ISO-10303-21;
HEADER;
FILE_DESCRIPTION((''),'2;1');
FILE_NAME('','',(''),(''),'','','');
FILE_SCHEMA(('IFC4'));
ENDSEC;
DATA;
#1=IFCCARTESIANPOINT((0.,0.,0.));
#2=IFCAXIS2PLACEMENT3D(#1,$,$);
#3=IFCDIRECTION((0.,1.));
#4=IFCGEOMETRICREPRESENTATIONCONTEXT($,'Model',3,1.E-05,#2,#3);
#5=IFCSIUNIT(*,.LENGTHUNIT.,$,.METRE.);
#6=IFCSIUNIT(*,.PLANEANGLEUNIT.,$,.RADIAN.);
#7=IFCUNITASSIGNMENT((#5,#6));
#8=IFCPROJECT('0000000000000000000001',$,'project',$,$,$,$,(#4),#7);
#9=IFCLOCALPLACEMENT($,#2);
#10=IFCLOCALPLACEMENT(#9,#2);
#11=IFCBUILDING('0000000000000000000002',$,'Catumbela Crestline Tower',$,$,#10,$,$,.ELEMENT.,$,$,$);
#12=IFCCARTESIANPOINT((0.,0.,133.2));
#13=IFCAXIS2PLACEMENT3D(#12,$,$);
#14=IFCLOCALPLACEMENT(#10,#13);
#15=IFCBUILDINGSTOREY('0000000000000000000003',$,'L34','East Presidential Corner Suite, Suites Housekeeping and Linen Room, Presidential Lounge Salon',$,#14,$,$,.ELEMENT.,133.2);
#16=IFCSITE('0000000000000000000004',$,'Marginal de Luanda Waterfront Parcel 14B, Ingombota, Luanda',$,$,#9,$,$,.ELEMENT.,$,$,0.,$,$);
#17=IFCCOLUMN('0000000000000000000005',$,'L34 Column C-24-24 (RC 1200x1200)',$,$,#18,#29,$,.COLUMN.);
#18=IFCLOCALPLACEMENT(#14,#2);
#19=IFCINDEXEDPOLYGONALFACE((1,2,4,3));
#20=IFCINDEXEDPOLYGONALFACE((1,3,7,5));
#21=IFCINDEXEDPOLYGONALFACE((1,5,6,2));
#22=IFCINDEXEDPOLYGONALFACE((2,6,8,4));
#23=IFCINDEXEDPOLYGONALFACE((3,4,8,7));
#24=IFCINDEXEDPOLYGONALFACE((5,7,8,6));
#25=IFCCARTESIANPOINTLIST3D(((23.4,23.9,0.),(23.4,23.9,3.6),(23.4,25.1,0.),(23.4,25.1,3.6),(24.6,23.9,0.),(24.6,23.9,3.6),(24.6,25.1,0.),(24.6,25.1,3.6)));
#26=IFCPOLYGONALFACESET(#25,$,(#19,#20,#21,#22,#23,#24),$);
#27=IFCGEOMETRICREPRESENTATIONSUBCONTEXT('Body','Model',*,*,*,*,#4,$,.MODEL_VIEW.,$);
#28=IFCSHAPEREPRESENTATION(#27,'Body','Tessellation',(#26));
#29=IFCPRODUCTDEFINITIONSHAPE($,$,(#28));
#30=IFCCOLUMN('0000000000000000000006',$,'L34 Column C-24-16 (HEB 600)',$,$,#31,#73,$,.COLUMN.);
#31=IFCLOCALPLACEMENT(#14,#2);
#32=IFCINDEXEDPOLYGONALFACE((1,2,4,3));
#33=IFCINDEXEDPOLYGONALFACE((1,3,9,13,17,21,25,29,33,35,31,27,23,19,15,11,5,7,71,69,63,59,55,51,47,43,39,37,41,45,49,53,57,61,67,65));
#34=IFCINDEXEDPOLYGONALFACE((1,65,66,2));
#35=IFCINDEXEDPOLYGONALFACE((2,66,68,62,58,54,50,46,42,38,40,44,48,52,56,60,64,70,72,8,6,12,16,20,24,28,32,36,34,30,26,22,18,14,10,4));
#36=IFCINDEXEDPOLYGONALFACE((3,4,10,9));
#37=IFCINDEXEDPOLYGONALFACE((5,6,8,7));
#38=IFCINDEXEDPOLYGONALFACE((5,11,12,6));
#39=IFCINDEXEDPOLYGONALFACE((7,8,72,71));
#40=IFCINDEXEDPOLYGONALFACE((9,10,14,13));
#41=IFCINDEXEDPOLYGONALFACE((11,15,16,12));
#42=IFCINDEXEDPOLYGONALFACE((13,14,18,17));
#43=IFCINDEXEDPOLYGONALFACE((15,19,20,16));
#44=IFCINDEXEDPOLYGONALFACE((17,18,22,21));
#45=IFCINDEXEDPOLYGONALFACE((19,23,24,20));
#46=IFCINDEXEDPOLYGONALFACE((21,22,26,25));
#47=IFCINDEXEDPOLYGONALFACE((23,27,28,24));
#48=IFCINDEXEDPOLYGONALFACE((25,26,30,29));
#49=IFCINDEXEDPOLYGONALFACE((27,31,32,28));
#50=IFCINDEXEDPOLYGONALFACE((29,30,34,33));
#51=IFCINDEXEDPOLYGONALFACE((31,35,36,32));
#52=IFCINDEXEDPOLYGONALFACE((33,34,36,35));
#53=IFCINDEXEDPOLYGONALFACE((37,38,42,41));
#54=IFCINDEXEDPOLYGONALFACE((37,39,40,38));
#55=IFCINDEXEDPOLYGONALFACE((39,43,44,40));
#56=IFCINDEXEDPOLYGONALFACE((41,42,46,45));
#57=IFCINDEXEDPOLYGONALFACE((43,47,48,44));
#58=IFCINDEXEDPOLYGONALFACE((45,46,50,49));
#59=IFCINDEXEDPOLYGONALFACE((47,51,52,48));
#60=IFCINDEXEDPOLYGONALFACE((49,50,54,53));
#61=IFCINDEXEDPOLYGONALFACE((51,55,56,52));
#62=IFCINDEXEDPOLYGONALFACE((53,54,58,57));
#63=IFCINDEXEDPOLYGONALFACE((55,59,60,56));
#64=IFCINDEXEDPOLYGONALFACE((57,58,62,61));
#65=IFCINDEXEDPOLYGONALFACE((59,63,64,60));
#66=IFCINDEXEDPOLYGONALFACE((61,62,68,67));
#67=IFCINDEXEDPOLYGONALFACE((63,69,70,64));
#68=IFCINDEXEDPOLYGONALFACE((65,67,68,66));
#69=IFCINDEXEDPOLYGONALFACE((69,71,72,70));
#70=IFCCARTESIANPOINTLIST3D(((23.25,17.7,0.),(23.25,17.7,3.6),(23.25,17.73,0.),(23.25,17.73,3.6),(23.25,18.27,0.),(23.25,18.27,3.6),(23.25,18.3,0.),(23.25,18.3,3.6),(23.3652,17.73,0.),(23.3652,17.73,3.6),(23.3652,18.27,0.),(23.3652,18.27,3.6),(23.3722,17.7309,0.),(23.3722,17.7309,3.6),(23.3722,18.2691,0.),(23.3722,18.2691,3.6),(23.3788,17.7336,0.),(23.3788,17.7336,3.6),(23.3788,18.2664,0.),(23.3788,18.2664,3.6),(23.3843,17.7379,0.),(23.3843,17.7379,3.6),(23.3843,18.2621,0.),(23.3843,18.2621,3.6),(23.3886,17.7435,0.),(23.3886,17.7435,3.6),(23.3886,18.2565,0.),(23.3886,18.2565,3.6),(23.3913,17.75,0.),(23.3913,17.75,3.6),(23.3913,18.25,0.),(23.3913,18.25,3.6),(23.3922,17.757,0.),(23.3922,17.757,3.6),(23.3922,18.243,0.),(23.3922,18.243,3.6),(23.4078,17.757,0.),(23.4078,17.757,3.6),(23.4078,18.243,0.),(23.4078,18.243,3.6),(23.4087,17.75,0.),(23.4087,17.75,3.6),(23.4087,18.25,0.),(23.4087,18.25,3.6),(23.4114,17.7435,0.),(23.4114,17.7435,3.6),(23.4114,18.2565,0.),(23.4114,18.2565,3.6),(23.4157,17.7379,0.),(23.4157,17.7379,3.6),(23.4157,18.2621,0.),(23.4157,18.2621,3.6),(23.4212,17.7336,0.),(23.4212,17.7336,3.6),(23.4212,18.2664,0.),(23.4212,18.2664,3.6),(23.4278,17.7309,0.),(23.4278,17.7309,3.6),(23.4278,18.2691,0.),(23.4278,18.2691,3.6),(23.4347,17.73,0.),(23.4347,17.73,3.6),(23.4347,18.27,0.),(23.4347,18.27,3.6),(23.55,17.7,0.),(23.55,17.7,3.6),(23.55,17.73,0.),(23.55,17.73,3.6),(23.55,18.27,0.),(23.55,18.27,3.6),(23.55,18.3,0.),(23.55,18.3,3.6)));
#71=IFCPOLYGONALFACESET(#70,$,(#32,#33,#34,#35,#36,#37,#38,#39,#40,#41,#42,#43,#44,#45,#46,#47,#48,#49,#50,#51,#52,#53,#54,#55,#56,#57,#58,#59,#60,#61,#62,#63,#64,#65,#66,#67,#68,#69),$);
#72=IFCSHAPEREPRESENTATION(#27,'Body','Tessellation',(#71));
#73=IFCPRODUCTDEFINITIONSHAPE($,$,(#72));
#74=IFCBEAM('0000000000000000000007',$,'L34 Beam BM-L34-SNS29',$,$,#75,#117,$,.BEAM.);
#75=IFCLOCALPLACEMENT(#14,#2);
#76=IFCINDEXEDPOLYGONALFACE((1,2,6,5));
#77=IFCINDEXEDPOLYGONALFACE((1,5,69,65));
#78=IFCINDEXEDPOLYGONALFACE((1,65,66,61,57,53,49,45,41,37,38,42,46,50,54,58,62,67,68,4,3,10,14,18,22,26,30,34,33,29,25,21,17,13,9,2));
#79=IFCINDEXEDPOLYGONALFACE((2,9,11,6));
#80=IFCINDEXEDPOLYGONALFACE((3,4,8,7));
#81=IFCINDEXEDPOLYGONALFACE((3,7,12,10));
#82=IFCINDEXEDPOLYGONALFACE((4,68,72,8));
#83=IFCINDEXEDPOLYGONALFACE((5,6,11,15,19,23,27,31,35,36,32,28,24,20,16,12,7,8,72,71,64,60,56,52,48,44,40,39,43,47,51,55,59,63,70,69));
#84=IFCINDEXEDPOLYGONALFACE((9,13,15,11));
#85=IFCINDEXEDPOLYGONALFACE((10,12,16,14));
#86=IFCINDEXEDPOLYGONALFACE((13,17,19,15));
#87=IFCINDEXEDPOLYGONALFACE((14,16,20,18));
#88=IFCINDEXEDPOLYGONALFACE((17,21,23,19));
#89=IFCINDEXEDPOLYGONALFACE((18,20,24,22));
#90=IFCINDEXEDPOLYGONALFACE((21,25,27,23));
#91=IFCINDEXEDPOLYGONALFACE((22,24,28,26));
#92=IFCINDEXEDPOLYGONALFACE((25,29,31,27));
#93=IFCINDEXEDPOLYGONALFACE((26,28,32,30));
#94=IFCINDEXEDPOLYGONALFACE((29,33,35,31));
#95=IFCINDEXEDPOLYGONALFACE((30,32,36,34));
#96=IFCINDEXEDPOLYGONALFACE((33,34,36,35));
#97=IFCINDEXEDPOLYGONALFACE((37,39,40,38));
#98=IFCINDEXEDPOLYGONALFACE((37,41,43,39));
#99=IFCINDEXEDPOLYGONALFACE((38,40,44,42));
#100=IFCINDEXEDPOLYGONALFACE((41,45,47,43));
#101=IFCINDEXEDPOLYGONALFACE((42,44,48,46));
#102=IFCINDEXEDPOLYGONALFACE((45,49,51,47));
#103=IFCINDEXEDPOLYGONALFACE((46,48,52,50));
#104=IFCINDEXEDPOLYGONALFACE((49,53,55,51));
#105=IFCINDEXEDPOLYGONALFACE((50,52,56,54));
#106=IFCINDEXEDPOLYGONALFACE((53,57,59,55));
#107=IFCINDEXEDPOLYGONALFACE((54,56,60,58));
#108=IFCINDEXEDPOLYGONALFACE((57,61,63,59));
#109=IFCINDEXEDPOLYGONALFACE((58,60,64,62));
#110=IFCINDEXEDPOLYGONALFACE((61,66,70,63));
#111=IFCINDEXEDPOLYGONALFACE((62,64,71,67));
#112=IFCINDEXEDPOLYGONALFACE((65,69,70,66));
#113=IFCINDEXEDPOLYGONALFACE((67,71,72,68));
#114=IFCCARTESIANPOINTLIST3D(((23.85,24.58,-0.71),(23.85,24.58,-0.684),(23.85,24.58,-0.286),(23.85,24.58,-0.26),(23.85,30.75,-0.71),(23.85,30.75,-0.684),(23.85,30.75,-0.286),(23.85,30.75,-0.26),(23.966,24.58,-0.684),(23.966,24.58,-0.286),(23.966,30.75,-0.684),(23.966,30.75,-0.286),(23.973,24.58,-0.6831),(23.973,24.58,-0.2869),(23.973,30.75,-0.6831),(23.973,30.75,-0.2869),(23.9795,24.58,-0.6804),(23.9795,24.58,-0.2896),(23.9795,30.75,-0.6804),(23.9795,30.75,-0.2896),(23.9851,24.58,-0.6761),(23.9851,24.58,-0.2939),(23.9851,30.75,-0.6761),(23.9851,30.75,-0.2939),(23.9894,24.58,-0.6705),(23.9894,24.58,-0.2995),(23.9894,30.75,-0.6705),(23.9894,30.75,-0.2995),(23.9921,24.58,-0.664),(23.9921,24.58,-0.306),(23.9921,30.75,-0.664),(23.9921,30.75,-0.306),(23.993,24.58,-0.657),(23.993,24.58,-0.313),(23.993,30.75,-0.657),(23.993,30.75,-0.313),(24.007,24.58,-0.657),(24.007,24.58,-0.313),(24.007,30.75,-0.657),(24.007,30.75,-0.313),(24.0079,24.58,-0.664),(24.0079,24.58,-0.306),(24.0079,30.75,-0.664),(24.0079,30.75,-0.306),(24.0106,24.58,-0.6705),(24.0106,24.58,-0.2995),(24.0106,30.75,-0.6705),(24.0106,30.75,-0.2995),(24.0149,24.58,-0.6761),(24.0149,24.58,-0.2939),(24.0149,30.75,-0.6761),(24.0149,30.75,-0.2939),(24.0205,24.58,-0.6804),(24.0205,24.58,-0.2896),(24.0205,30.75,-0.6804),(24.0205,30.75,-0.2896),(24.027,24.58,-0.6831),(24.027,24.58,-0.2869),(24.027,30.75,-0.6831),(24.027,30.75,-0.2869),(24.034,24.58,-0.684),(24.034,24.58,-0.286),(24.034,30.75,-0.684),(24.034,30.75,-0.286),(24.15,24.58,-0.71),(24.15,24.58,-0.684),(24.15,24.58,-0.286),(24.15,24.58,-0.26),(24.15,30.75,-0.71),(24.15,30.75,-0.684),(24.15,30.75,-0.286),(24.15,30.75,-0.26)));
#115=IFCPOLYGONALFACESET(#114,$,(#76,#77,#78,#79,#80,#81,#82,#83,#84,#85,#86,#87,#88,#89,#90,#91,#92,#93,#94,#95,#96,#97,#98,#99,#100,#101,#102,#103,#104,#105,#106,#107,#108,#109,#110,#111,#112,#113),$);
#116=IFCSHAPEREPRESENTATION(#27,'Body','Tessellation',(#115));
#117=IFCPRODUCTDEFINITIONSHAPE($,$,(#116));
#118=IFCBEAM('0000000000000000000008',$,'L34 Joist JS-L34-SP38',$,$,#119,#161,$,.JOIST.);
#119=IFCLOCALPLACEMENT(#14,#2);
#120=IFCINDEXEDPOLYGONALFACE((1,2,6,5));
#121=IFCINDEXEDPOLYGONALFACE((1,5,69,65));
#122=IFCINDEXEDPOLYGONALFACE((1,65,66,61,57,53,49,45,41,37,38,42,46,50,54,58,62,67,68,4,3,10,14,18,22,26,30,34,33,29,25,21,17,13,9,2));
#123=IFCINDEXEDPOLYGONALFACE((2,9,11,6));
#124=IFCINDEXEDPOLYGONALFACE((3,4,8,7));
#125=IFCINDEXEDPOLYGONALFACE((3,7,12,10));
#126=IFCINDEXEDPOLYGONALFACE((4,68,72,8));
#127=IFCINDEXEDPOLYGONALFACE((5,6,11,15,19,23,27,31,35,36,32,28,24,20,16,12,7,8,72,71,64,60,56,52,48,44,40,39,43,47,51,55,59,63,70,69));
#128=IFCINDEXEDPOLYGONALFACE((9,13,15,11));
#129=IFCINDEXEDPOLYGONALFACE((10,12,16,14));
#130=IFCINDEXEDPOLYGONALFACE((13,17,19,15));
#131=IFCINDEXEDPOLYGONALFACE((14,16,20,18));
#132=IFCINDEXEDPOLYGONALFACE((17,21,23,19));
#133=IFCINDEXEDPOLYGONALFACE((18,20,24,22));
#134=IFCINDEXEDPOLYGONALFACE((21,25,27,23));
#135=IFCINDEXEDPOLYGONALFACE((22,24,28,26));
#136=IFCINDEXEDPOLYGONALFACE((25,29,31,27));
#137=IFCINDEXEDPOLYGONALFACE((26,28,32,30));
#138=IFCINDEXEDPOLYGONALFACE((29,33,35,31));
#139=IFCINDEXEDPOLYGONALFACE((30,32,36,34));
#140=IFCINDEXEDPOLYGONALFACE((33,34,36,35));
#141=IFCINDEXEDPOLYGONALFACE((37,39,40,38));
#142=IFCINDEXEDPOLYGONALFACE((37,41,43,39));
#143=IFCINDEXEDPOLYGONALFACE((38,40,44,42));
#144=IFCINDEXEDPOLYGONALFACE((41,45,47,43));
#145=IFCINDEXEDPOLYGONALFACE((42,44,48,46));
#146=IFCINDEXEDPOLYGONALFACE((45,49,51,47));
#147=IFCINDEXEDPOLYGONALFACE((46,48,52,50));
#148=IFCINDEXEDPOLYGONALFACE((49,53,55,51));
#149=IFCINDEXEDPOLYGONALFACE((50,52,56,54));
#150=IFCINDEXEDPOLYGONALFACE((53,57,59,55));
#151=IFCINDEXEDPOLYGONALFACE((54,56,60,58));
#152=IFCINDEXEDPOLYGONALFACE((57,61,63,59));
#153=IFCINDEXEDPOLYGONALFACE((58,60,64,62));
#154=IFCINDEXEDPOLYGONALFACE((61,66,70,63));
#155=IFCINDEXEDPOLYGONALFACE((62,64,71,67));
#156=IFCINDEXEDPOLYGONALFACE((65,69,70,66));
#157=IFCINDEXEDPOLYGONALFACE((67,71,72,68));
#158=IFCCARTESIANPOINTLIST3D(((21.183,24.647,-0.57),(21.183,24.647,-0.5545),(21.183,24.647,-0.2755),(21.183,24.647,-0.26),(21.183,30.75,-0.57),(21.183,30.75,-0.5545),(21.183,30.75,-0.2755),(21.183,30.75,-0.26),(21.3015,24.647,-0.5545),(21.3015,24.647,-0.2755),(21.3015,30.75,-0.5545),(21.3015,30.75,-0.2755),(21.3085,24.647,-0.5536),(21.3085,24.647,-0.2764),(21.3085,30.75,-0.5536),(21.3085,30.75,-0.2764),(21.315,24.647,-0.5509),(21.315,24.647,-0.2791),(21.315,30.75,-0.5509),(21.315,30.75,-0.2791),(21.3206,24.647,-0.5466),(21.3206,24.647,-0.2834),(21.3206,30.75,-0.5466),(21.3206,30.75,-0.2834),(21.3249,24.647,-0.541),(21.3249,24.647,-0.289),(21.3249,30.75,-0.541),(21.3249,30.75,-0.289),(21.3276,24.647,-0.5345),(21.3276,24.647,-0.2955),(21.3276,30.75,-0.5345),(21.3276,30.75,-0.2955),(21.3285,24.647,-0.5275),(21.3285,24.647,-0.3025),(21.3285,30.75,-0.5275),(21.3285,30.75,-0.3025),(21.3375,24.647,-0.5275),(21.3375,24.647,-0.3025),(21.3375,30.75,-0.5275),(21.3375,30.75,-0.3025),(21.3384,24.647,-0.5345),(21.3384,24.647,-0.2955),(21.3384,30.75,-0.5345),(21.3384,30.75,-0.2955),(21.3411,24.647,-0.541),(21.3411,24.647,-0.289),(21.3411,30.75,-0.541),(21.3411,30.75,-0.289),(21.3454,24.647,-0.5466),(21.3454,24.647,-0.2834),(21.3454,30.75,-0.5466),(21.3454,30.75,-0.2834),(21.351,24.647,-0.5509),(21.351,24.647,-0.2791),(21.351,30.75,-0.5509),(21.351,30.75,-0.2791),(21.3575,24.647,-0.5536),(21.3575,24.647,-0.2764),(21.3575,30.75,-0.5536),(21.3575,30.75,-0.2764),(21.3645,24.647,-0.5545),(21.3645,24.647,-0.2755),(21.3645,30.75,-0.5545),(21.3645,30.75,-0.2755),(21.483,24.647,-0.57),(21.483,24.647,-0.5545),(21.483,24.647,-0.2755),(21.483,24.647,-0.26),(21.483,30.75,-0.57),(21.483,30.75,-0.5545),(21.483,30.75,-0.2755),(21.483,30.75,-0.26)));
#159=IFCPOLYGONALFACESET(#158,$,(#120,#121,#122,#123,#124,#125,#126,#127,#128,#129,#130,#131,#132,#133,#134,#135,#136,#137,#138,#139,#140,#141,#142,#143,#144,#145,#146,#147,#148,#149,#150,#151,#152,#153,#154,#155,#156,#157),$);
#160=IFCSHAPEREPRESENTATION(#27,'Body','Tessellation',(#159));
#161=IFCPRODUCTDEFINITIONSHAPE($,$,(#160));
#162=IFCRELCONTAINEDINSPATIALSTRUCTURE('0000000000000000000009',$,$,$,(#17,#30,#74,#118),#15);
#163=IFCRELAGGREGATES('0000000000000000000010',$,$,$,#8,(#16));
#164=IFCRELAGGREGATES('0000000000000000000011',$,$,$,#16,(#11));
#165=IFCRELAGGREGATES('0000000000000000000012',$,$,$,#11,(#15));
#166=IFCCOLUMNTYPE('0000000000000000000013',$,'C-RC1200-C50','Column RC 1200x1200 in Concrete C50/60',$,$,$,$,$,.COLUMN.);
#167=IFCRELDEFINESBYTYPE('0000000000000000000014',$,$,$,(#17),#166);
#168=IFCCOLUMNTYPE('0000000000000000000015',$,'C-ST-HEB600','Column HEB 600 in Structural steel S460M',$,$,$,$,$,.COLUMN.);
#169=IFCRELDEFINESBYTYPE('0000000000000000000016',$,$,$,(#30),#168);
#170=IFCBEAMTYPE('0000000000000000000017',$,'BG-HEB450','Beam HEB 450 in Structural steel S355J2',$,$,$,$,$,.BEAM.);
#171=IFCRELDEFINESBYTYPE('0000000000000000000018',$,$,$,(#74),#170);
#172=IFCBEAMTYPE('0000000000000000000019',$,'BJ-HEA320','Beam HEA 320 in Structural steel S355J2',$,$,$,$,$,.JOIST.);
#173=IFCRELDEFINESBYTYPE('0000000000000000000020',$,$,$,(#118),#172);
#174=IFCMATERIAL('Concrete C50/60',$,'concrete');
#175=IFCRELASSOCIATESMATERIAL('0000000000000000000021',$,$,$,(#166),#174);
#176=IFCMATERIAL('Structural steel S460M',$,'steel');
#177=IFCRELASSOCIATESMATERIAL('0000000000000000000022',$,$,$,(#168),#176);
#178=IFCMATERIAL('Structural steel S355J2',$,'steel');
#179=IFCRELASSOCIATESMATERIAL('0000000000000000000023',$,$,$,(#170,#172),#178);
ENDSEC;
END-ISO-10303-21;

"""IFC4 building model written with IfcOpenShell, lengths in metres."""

from ifc_helpers import new_model, si_unit, direction, frame, origin, origin_2d, place, context, subcontext, project, spatial, rectangle, i_section, extrude, material, material_profile, profile_set, type_object, element, save


model = new_model("IFC4")

# Units and contexts
model_context = context("Model", 3, precision=1e-05, world=origin(), true_north=direction((0.0, 1.0)))
body_context = subcontext(model_context, "Body", "Model", "MODEL_VIEW")
ifc_project = project(units=[si_unit("LENGTHUNIT", "METRE"), si_unit("PLANEANGLEUNIT", "RADIAN")], contexts=[model_context])

# Site, building, storey
site_placement = place(None, origin())
site = spatial("IfcSite", under=ifc_project, at=site_placement, Name="Marginal de Luanda Waterfront Parcel 14B, Ingombota, Luanda", CompositionType="ELEMENT", RefElevation=0.0)
building_placement = place(site_placement, origin())
building = spatial("IfcBuilding", under=site, at=building_placement, Name="Catumbela Crestline Tower", CompositionType="ELEMENT")
storey_placement = place(building_placement, frame((0.0, 0.0, 133.2)))
storey = spatial("IfcBuildingStorey", under=building, at=storey_placement, Name="L34", Description="East Presidential Corner Suite, Suites Housekeeping and Linen Room, Presidential Lounge Salon", CompositionType="ELEMENT", Elevation=133.2)

# Columns
ifc_material_1 = material(Name="Concrete C50/60", Category="concrete")
ifc_material_profile_1 = material_profile(ifc_material_1, rectangle(XDim=1.2, YDim=1.2, at=origin_2d()), Name="RC 1200x1200")
ifc_profile_set_1 = profile_set([ifc_material_profile_1], Name="Concrete C50/60")
column_type_1 = type_object("IfcColumnType", Name="C-RC1200-C50", Description="Column RC 1200x1200 in Concrete C50/60", PredefinedType="COLUMN", material=ifc_profile_set_1)
column_1_placement = place(storey_placement, frame((24.0, 24.5, 0.0), z_axis=(0.0, 0.0, 1.0), x_axis=(1.0, 0.0, 0.0)))
element("IfcColumn", 1, at=column_1_placement, inside=storey, type_object=column_type_1, Name="L34 Column C-24-24 (RC 1200x1200)", PredefinedType="COLUMN", context=body_context, shape_type="SweptSolid", body=[
    extrude(rectangle(XDim=1.2, YDim=1.2, at=origin_2d()), origin(), (0.0, 0.0, 1.0), 3.6),
])
ifc_material_2 = material(Name="Structural steel S460M", Category="steel")
ifc_material_profile_2 = material_profile(ifc_material_2, i_section(OverallWidth=0.3, OverallDepth=0.6, WebThickness=0.0155, FlangeThickness=0.03, FilletRadius=0.027, at=origin_2d()), Name="HEB 600")
ifc_profile_set_2 = profile_set([ifc_material_profile_2], Name="Structural steel S460M")
column_type_2 = type_object("IfcColumnType", Name="C-ST-HEB600", Description="Column HEB 600 in Structural steel S460M", PredefinedType="COLUMN", material=ifc_profile_set_2)
column_2_placement = place(storey_placement, frame((23.4, 18.0, 0.0), z_axis=(0.0, 0.0, 1.0), x_axis=(1.0, 0.0, 0.0)))
element("IfcColumn", 2, at=column_2_placement, inside=storey, type_object=column_type_2, Name="L34 Column C-24-16 (HEB 600)", PredefinedType="COLUMN", context=body_context, shape_type="SweptSolid", body=[
    extrude(i_section(OverallWidth=0.3, OverallDepth=0.6, WebThickness=0.0155, FlangeThickness=0.03, FilletRadius=0.027, at=origin_2d()), origin(), (0.0, 0.0, 1.0), 3.6),
])

# Beams
ifc_material_3 = material(Name="Structural steel S355J2", Category="steel")
ifc_material_profile_3 = material_profile(ifc_material_3, i_section(OverallWidth=0.3, OverallDepth=0.45, WebThickness=0.014, FlangeThickness=0.026, FilletRadius=0.027, at=origin_2d()), Name="HEB 450")
ifc_profile_set_3 = profile_set([ifc_material_profile_3], Name="Structural steel S355J2")
beam_type_1 = type_object("IfcBeamType", Name="BG-HEB450", Description="Beam HEB 450 in Structural steel S355J2", PredefinedType="BEAM", material=ifc_profile_set_3)
beam_1_placement = place(storey_placement, frame((24.0, 24.58, -0.485), z_axis=(0.0, 1.0, 0.0), x_axis=(-1.0, 0.0, 0.0)))
element("IfcBeam", 3, at=beam_1_placement, inside=storey, type_object=beam_type_1, Name="L34 Beam BM-L34-SNS29", PredefinedType="BEAM", context=body_context, shape_type="SweptSolid", body=[
    extrude(i_section(OverallWidth=0.3, OverallDepth=0.45, WebThickness=0.014, FlangeThickness=0.026, FilletRadius=0.027, at=origin_2d()), origin(), (0.0, 0.0, 1.0), 6.17),
])
ifc_material_profile_4 = material_profile(ifc_material_3, i_section(OverallWidth=0.3, OverallDepth=0.31, WebThickness=0.009, FlangeThickness=0.0155, FilletRadius=0.027, at=origin_2d()), Name="HEA 320")
ifc_profile_set_4 = profile_set([ifc_material_profile_4], Name="Structural steel S355J2")
beam_type_2 = type_object("IfcBeamType", Name="BJ-HEA320", Description="Beam HEA 320 in Structural steel S355J2", PredefinedType="JOIST", material=ifc_profile_set_4)
for number, where, z_axis, x_axis, name in (
    (4, (21.333, 24.647, -0.415), (0.0, 1.0, 0.0), (-1.0, 0.0, 0.0), "L34 Joist JS-L34-SP38"),
):
    element("IfcBeam", number, at=place(storey_placement, frame(where, z_axis=z_axis, x_axis=x_axis)), inside=storey, type_object=beam_type_2, Name=name, PredefinedType="JOIST", context=body_context, shape_type="SweptSolid", body=[
        extrude(i_section(OverallWidth=0.3, OverallDepth=0.31, WebThickness=0.009, FlangeThickness=0.0155, FilletRadius=0.027, at=origin_2d()), origin(), (0.0, 0.0, 1.0), 6.103),
    ])

save(model, "model.ifc")
